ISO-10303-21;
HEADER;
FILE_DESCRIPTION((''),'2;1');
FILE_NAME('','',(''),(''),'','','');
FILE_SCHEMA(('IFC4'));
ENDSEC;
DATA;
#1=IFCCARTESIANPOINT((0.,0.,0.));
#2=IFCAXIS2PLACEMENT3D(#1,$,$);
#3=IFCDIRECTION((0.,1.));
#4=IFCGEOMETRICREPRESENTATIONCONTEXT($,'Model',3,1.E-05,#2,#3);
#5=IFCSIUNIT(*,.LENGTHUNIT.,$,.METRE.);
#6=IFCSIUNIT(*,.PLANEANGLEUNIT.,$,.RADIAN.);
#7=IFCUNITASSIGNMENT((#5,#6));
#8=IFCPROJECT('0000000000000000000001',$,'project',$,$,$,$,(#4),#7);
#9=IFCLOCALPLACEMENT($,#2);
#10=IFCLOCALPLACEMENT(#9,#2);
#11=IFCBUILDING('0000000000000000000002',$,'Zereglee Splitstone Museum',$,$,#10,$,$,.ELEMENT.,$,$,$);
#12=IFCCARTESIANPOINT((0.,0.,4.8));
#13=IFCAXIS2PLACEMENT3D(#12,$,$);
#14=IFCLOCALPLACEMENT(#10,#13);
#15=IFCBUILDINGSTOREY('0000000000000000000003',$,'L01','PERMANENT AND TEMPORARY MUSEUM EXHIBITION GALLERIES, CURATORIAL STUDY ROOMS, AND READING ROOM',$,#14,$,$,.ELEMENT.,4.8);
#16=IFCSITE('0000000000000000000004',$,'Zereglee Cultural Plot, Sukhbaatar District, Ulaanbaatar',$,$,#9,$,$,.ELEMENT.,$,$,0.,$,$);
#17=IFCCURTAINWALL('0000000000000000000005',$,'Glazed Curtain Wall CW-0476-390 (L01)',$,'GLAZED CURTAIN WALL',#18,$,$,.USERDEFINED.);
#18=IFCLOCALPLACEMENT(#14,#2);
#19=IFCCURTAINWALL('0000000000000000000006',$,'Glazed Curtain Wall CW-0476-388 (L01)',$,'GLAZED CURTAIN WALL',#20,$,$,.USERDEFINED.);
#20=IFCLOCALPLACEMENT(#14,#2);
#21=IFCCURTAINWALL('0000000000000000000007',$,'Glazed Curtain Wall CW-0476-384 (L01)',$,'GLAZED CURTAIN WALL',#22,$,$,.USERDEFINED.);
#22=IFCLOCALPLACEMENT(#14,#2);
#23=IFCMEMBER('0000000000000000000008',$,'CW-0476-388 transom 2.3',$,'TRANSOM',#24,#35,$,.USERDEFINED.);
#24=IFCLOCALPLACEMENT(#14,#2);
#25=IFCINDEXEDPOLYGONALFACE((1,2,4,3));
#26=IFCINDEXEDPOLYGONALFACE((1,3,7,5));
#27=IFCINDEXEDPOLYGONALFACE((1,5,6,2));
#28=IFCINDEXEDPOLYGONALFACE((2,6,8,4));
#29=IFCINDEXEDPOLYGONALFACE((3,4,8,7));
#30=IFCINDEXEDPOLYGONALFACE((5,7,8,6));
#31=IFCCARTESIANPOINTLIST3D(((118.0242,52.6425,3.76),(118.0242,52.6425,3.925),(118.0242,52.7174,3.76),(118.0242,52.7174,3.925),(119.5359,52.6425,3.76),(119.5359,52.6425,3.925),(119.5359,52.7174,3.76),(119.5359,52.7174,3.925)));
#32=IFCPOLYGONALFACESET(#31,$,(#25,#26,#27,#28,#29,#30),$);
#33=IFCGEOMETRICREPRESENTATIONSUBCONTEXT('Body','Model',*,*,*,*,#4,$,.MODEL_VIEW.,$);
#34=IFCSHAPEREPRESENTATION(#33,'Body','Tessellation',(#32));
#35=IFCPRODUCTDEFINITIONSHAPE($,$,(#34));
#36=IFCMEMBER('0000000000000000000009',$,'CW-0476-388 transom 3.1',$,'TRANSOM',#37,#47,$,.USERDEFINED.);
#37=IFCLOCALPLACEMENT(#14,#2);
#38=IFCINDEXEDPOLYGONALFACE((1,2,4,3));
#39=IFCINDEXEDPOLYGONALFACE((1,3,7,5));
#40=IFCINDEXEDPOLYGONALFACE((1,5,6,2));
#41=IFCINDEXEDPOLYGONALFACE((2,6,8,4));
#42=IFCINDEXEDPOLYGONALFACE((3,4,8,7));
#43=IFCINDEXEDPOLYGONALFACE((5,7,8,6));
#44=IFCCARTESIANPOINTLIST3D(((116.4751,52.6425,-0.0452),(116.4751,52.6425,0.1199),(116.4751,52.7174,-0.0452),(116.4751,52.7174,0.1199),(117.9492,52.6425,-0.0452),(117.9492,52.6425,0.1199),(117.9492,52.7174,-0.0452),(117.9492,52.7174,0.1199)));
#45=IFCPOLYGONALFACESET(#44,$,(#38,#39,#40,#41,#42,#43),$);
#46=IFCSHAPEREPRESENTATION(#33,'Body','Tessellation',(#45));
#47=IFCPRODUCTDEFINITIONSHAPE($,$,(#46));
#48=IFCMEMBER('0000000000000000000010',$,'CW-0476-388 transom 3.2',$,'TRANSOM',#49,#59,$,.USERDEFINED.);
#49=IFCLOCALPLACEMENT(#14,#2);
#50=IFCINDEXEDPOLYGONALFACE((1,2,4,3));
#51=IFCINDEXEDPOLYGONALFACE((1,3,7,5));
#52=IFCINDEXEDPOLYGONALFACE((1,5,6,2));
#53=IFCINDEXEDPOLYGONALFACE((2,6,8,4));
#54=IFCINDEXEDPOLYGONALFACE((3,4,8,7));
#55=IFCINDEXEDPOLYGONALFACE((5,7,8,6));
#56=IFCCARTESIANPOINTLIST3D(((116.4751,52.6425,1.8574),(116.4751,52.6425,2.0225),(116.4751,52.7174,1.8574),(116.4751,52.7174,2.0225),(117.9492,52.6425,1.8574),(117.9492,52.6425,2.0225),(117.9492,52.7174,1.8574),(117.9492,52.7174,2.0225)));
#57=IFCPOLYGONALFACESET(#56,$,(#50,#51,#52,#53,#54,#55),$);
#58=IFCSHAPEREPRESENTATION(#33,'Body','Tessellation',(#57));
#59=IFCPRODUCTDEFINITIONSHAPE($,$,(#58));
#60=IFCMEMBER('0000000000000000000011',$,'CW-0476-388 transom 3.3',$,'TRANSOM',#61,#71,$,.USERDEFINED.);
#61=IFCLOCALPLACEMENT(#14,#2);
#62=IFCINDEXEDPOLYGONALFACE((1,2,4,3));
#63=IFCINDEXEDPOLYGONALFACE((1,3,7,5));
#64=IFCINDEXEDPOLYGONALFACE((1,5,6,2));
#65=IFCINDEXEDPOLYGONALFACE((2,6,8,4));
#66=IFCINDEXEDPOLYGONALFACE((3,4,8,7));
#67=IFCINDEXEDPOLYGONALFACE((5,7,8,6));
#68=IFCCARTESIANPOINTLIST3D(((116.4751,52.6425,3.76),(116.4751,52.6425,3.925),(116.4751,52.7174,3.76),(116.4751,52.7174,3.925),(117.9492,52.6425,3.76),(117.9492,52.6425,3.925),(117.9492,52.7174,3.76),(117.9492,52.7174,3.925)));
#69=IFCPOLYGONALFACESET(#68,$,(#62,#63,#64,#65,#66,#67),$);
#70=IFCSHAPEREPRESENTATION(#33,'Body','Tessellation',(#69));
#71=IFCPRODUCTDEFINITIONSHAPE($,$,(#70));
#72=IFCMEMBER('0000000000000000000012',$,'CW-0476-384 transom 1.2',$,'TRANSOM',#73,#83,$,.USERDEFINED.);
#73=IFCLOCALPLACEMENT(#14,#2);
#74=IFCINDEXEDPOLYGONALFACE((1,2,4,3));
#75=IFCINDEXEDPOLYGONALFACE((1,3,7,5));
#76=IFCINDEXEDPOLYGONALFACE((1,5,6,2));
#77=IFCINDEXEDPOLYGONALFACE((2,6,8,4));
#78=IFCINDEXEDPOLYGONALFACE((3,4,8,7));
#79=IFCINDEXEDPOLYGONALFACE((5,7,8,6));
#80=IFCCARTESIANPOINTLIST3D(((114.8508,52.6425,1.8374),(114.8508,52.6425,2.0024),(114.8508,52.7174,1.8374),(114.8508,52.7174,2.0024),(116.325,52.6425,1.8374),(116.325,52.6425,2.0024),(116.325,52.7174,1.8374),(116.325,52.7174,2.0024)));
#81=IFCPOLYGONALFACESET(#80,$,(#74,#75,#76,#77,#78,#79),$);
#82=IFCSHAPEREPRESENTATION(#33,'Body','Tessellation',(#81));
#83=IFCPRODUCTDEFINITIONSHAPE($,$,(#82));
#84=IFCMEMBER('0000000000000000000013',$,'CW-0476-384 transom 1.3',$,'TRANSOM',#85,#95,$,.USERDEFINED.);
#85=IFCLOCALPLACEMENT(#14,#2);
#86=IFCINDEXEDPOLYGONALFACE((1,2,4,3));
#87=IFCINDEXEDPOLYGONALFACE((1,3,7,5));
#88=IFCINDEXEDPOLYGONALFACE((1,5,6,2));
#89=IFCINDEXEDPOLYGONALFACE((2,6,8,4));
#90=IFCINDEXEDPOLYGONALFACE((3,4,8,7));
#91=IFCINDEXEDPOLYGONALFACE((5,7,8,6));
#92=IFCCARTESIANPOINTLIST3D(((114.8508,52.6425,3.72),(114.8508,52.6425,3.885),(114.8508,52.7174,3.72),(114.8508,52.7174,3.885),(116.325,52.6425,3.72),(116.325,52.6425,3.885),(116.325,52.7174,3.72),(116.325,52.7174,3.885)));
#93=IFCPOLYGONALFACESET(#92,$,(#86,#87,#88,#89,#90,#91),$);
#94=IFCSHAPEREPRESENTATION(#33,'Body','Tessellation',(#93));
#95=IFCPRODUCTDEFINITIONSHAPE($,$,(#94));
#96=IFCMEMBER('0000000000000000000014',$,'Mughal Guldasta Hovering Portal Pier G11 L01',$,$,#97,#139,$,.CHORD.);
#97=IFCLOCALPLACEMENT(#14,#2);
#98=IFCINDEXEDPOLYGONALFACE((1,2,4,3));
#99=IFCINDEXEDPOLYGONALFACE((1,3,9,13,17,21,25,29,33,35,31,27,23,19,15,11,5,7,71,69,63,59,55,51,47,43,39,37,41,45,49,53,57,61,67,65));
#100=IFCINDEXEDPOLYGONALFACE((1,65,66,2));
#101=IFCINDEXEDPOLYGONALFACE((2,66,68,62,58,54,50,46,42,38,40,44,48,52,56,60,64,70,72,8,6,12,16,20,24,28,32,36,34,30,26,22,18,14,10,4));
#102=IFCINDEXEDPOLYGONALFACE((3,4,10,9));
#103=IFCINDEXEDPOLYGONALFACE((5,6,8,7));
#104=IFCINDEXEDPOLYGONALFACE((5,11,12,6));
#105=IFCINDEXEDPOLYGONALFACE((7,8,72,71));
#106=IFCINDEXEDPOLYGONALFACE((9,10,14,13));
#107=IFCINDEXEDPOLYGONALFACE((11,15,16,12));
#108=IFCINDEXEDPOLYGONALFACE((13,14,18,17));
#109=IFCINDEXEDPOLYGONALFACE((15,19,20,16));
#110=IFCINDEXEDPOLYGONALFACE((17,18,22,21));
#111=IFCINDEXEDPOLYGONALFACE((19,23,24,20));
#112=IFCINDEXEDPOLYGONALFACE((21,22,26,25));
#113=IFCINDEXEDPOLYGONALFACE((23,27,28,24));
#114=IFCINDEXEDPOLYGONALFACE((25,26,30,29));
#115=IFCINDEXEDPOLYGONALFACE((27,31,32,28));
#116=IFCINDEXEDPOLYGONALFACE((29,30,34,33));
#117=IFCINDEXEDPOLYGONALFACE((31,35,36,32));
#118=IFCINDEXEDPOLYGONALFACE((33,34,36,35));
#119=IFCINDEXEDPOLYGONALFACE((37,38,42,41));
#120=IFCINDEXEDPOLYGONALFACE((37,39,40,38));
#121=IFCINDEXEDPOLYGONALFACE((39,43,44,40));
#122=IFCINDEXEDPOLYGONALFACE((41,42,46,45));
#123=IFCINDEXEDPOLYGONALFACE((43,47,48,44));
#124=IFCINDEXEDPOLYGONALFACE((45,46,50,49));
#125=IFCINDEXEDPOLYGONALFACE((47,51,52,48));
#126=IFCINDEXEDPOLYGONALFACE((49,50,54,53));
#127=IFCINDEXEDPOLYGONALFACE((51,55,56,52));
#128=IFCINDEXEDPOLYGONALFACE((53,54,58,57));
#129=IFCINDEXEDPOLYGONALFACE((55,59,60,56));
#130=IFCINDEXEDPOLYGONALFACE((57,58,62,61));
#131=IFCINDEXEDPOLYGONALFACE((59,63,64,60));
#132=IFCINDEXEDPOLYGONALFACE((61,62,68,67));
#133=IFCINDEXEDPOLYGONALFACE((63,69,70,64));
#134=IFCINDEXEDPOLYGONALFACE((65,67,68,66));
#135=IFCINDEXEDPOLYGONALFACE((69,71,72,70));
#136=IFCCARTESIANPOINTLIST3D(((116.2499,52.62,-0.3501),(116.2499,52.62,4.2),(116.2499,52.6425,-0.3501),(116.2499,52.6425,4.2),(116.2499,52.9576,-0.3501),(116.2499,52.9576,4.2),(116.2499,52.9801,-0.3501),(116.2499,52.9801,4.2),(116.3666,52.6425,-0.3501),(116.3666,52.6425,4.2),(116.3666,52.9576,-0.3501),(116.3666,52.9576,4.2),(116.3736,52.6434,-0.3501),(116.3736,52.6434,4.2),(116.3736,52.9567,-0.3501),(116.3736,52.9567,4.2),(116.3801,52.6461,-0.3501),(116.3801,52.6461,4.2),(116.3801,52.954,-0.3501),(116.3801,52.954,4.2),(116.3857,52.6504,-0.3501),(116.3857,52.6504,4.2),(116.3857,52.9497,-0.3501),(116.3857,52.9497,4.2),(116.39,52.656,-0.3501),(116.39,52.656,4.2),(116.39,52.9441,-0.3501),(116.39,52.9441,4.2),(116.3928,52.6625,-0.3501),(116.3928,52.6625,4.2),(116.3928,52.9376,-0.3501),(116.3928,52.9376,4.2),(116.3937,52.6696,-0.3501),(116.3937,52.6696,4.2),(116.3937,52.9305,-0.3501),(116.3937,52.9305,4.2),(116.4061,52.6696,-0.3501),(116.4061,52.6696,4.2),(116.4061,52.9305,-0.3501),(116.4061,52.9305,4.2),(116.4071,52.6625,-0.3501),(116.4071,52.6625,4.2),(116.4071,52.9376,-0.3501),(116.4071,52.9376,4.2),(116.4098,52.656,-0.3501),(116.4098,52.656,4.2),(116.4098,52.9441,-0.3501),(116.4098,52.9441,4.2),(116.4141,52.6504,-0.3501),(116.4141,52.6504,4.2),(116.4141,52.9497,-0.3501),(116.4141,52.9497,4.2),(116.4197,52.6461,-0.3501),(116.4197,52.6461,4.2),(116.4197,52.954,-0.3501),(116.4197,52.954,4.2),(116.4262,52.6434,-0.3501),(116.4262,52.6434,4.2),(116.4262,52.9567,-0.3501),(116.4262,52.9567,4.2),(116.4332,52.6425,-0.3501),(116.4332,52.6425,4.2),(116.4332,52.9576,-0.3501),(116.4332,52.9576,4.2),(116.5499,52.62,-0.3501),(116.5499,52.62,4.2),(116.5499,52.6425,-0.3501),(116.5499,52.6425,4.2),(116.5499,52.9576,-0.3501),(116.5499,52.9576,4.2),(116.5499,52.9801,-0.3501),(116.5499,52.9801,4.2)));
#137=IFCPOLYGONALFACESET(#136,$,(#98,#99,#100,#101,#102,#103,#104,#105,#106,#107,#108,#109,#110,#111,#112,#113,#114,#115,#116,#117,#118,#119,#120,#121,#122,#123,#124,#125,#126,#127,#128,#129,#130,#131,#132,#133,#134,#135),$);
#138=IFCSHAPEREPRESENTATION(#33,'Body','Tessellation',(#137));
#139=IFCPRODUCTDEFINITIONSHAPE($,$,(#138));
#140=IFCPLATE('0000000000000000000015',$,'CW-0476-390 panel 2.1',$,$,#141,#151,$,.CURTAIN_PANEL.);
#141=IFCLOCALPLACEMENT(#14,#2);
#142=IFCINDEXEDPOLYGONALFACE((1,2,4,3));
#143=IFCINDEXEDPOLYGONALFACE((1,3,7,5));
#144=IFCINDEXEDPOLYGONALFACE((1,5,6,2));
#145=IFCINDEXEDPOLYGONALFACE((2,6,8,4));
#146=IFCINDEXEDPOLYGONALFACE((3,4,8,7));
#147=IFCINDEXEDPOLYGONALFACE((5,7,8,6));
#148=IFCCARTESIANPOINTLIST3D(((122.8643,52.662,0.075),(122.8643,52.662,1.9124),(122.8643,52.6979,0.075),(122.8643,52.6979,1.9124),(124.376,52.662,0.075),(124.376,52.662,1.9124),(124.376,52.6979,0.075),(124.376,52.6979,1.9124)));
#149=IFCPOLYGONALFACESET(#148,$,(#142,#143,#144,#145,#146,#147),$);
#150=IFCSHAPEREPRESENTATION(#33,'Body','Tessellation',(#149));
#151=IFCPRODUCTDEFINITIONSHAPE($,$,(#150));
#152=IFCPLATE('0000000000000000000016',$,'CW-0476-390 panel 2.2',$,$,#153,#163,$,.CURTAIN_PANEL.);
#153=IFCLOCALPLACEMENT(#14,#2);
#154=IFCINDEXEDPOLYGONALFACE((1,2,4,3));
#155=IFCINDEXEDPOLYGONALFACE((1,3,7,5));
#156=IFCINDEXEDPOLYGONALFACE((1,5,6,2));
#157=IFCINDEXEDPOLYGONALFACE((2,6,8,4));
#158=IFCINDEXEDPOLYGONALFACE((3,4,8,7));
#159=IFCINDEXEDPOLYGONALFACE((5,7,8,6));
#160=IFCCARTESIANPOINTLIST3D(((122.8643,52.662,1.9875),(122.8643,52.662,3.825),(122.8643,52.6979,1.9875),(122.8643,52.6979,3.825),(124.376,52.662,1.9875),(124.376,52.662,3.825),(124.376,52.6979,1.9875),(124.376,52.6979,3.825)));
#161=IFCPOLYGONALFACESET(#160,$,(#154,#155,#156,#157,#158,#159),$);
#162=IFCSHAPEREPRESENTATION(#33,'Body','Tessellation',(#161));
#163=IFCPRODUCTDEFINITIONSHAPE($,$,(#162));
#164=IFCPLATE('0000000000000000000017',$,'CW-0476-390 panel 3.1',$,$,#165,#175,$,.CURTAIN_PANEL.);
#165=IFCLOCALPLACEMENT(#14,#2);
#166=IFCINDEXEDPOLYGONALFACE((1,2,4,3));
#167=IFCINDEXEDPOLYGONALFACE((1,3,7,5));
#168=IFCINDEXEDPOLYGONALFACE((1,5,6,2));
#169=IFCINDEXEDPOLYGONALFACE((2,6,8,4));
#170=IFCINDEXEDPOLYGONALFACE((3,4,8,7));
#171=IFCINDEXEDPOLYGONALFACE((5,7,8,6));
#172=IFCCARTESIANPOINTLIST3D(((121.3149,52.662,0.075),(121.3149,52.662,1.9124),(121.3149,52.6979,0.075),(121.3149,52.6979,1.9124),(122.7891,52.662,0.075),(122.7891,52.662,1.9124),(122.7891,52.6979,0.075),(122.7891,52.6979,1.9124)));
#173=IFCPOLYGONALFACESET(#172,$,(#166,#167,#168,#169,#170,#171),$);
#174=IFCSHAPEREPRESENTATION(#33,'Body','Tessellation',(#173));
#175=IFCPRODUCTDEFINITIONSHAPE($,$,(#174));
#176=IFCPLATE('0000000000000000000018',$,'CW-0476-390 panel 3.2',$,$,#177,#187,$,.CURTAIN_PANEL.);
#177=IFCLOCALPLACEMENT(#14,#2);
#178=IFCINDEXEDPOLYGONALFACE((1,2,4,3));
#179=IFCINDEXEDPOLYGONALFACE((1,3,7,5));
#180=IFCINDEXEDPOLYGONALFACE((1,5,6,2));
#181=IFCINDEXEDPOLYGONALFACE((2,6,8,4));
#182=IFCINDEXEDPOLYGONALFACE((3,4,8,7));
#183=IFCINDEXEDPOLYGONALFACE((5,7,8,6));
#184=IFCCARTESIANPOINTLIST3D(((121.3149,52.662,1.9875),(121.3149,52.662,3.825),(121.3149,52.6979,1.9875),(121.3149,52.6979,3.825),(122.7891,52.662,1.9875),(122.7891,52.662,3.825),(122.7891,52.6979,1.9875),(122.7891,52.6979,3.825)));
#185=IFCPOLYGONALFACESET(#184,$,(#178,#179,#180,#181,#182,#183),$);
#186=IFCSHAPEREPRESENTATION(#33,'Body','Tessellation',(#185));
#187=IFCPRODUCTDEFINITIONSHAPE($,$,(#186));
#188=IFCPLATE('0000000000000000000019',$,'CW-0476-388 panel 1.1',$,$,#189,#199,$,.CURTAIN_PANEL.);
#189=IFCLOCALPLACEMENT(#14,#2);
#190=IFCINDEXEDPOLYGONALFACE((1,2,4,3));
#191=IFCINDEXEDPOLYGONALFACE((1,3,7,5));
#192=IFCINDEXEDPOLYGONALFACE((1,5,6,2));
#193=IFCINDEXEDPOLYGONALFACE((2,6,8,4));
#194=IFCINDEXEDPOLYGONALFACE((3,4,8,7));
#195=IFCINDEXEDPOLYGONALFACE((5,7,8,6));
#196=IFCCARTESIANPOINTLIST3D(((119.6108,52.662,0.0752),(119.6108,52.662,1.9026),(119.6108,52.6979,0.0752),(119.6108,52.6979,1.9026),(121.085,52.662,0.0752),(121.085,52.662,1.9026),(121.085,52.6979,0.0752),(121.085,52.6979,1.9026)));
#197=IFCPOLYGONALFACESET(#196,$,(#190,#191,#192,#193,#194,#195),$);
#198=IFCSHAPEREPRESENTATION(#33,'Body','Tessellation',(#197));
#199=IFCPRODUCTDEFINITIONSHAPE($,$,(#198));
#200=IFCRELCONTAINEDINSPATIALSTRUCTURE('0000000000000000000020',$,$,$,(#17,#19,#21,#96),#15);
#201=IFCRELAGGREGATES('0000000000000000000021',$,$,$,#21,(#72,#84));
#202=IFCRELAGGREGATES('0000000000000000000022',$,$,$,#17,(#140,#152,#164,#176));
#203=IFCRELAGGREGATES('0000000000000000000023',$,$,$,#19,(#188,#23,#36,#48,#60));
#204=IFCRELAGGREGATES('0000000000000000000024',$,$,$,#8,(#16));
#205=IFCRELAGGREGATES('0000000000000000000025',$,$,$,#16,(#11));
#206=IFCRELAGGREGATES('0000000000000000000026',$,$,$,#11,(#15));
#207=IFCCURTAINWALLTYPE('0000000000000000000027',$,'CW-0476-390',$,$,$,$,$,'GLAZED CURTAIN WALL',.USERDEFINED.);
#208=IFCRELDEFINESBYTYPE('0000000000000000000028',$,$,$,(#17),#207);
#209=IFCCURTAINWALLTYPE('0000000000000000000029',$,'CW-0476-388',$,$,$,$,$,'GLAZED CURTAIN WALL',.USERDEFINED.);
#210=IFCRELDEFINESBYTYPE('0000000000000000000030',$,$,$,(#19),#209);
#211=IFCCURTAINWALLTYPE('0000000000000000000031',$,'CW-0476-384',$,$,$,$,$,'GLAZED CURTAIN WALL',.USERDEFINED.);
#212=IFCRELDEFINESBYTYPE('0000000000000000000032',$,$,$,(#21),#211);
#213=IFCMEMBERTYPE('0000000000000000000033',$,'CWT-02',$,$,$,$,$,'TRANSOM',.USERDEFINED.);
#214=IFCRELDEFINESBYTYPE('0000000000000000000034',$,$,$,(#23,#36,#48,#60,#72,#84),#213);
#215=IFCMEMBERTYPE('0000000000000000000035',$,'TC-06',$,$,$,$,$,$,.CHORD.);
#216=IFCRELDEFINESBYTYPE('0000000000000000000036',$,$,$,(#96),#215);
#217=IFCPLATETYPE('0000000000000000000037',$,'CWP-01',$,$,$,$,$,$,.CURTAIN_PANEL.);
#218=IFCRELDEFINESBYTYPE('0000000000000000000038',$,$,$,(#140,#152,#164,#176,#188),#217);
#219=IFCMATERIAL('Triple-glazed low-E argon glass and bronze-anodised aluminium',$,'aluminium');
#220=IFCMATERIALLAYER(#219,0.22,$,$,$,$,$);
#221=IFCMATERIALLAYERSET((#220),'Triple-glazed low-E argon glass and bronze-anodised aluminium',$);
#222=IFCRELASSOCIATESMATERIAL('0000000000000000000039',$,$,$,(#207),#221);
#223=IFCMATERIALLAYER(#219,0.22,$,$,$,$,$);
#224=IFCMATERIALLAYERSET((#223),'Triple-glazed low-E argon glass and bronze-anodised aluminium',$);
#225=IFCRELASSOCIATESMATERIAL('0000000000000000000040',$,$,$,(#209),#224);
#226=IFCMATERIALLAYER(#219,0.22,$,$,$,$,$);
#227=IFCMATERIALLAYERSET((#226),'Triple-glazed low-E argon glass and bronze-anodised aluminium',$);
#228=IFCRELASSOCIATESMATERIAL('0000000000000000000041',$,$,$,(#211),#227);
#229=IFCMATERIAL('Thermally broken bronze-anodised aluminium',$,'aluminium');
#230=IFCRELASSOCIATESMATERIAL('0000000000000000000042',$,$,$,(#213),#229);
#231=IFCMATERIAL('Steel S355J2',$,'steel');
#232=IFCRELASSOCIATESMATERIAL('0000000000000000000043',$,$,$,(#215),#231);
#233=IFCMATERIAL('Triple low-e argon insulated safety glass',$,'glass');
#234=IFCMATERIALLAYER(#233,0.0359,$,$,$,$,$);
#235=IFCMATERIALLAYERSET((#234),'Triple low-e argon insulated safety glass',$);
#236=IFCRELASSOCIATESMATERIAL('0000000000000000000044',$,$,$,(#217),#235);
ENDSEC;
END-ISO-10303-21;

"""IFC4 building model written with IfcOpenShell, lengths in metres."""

from ifc_helpers import new_model, si_unit, direction, frame, origin, origin_2d, place, context, subcontext, project, spatial, rectangle, i_section, extrude, material, layer, layer_set, material_profile, profile_set, type_object, element, aggregate, save


model = new_model("IFC4")

# Units and contexts
model_context = context("Model", 3, precision=1e-05, world=origin(), true_north=direction((0.0, 1.0)))
body_context = subcontext(model_context, "Body", "Model", "MODEL_VIEW")
ifc_project = project(units=[si_unit("LENGTHUNIT", "METRE"), si_unit("PLANEANGLEUNIT", "RADIAN")], contexts=[model_context])

# Site, building, storey
site_placement = place(None, origin())
site = spatial("IfcSite", under=ifc_project, at=site_placement, Name="Zereglee Cultural Plot, Sukhbaatar District, Ulaanbaatar", CompositionType="ELEMENT", RefElevation=0.0)
building_placement = place(site_placement, origin())
building = spatial("IfcBuilding", under=site, at=building_placement, Name="Zereglee Splitstone Museum", CompositionType="ELEMENT")
storey_placement = place(building_placement, frame((0.0, 0.0, 4.8)))
storey = spatial("IfcBuildingStorey", under=building, at=storey_placement, Name="L01", Description="PERMANENT AND TEMPORARY MUSEUM EXHIBITION GALLERIES, CURATORIAL STUDY ROOMS, AND READING ROOM", CompositionType="ELEMENT", Elevation=4.8)

# Curtain walls
ifc_material_1 = material(Name="Triple-glazed low-E argon glass and bronze-anodised aluminium", Category="aluminium")
ifc_layer_1 = layer(ifc_material_1, 0.22)
ifc_layer_set_1 = layer_set([ifc_layer_1], Name="Triple-glazed low-E argon glass and bronze-anodised aluminium")
curtain_wall_type_1 = type_object("IfcCurtainWallType", Name="CW-0476-390", ElementType="GLAZED CURTAIN WALL", PredefinedType="USERDEFINED", material=ifc_layer_set_1)
curtain_wall_1_placement = place(storey_placement, origin())
curtain_wall_1 = element("IfcCurtainWall", 1, at=curtain_wall_1_placement, inside=storey, type_object=curtain_wall_type_1, Name="Glazed Curtain Wall CW-0476-390 (L01)", ObjectType="GLAZED CURTAIN WALL", PredefinedType="USERDEFINED")
ifc_material_2 = material(Name="Thermally broken bronze-anodised aluminium", Category="aluminium")
ifc_layer_2 = layer(ifc_material_1, 0.22)
ifc_layer_set_2 = layer_set([ifc_layer_2], Name="Triple-glazed low-E argon glass and bronze-anodised aluminium")
curtain_wall_type_2 = type_object("IfcCurtainWallType", Name="CW-0476-388", ElementType="GLAZED CURTAIN WALL", PredefinedType="USERDEFINED", material=ifc_layer_set_2)
curtain_wall_2_placement = place(storey_placement, origin())
curtain_wall_2 = element("IfcCurtainWall", 2, at=curtain_wall_2_placement, inside=storey, type_object=curtain_wall_type_2, Name="Glazed Curtain Wall CW-0476-388 (L01)", ObjectType="GLAZED CURTAIN WALL", PredefinedType="USERDEFINED")

# Curtain wall
ifc_layer_3 = layer(ifc_material_1, 0.22)
ifc_layer_set_3 = layer_set([ifc_layer_3], Name="Triple-glazed low-E argon glass and bronze-anodised aluminium")
curtain_wall_type_3 = type_object("IfcCurtainWallType", Name="CW-0476-384", ElementType="GLAZED CURTAIN WALL", PredefinedType="USERDEFINED", material=ifc_layer_set_3)
curtain_wall_3_placement = place(storey_placement, origin())
curtain_wall_3 = element("IfcCurtainWall", 3, at=curtain_wall_3_placement, inside=storey, type_object=curtain_wall_type_3, Name="Glazed Curtain Wall CW-0476-384 (L01)", ObjectType="GLAZED CURTAIN WALL", PredefinedType="USERDEFINED")

# Members
ifc_material_profile_1 = material_profile(ifc_material_2, rectangle(XDim=0.075, YDim=0.165, at=origin_2d()), Name="CW TRAN 75x165")
ifc_profile_set_1 = profile_set([ifc_material_profile_1], Name="Thermally broken bronze-anodised aluminium")
member_type_1 = type_object("IfcMemberType", Name="CWT-02", ElementType="TRANSOM", PredefinedType="USERDEFINED", material=ifc_profile_set_1)
member_1_placement = place(storey_placement, frame((119.5359, 52.6799, 3.8425), z_axis=(-1.0, 0.0, 0.0), x_axis=(0.0, -1.0, 0.0)))
member_1 = element("IfcMember", 4, at=member_1_placement, type_object=member_type_1, Name="CW-0476-388 transom 2.3", ObjectType="TRANSOM", PredefinedType="USERDEFINED", context=body_context, shape_type="SweptSolid", body=[
    extrude(rectangle(XDim=0.075, YDim=0.165, at=origin_2d()), origin(), (0.0, 0.0, 1.0), 1.5117),
])
member_2_placement = place(storey_placement, frame((117.9492, 52.6799, 0.0374), z_axis=(-1.0, 0.0, 0.0), x_axis=(0.0, -1.0, 0.0)))
member_2 = element("IfcMember", 5, at=member_2_placement, type_object=member_type_1, Name="CW-0476-388 transom 3.1", ObjectType="TRANSOM", PredefinedType="USERDEFINED", context=body_context, shape_type="SweptSolid", body=[
    extrude(rectangle(XDim=0.075, YDim=0.165, at=origin_2d()), origin(), (0.0, 0.0, 1.0), 1.4741),
])
member_3_placement = place(storey_placement, frame((117.9492, 52.6799, 1.9399), z_axis=(-1.0, 0.0, 0.0), x_axis=(0.0, -1.0, 0.0)))
member_3 = element("IfcMember", 6, at=member_3_placement, type_object=member_type_1, Name="CW-0476-388 transom 3.2", ObjectType="TRANSOM", PredefinedType="USERDEFINED", context=body_context, shape_type="SweptSolid", body=[
    extrude(rectangle(XDim=0.075, YDim=0.165, at=origin_2d()), origin(), (0.0, 0.0, 1.0), 1.4741),
])
member_4_placement = place(storey_placement, frame((117.9492, 52.6799, 3.8425), z_axis=(-1.0, 0.0, 0.0), x_axis=(0.0, -1.0, 0.0)))
member_4 = element("IfcMember", 7, at=member_4_placement, type_object=member_type_1, Name="CW-0476-388 transom 3.3", ObjectType="TRANSOM", PredefinedType="USERDEFINED", context=body_context, shape_type="SweptSolid", body=[
    extrude(rectangle(XDim=0.075, YDim=0.165, at=origin_2d()), origin(), (0.0, 0.0, 1.0), 1.4741),
])
member_5_placement = place(storey_placement, frame((116.325, 52.6799, 1.9199), z_axis=(-1.0, 0.0, 0.0), x_axis=(0.0, -1.0, 0.0)))
member_5 = element("IfcMember", 8, at=member_5_placement, type_object=member_type_1, Name="CW-0476-384 transom 1.2", ObjectType="TRANSOM", PredefinedType="USERDEFINED", context=body_context, shape_type="SweptSolid", body=[
    extrude(rectangle(XDim=0.075, YDim=0.165, at=origin_2d()), origin(), (0.0, 0.0, 1.0), 1.4741),
])
member_6_placement = place(storey_placement, frame((116.325, 52.6799, 3.8025), z_axis=(-1.0, 0.0, 0.0), x_axis=(0.0, -1.0, 0.0)))
member_6 = element("IfcMember", 9, at=member_6_placement, type_object=member_type_1, Name="CW-0476-384 transom 1.3", ObjectType="TRANSOM", PredefinedType="USERDEFINED", context=body_context, shape_type="SweptSolid", body=[
    extrude(rectangle(XDim=0.075, YDim=0.165, at=origin_2d()), origin(), (0.0, 0.0, 1.0), 1.4741),
])
aggregate(curtain_wall_3, [member_5, member_6])
ifc_material_3 = material(Name="Steel S355J2", Category="steel")
ifc_material_profile_2 = material_profile(ifc_material_3, i_section(OverallWidth=0.3, OverallDepth=0.3601, WebThickness=0.0125, FlangeThickness=0.0225, FilletRadius=0.0271, at=origin_2d()), Name="HE 360 B")
ifc_profile_set_2 = profile_set([ifc_material_profile_2], Name="Steel S355J2")
member_type_2 = type_object("IfcMemberType", Name="TC-06", PredefinedType="CHORD", material=ifc_profile_set_2)
member_7_placement = place(storey_placement, frame((116.3999, 52.8, -0.3501), z_axis=(0.0, 0.0, 1.0), x_axis=(1.0, 0.0, 0.0)))
element("IfcMember", 10, at=member_7_placement, inside=storey, type_object=member_type_2, Name="Mughal Guldasta Hovering Portal Pier G11 L01", PredefinedType="CHORD", context=body_context, shape_type="SweptSolid", body=[
    extrude(i_section(OverallWidth=0.3, OverallDepth=0.3601, WebThickness=0.0125, FlangeThickness=0.0225, FilletRadius=0.0271, at=origin_2d()), origin(), (0.0, 0.0, 1.0), 4.55),
])

# Plates
ifc_material_4 = material(Name="Triple low-e argon insulated safety glass", Category="glass")
ifc_layer_4 = layer(ifc_material_4, 0.0359)
ifc_layer_set_4 = layer_set([ifc_layer_4], Name="Triple low-e argon insulated safety glass")
plate_type = type_object("IfcPlateType", Name="CWP-01", PredefinedType="CURTAIN_PANEL", material=ifc_layer_set_4)
plate_1_placement = place(storey_placement, frame((123.6201, 52.6799, 0.075), z_axis=(0.0, 0.0, 1.0), x_axis=(-1.0, 0.0, 0.0)))
plate_1 = element("IfcPlate", 11, at=plate_1_placement, type_object=plate_type, Name="CW-0476-390 panel 2.1", PredefinedType="CURTAIN_PANEL", context=body_context, shape_type="SweptSolid", body=[
    extrude(rectangle(XDim=1.5117, YDim=0.0359, at=origin_2d()), origin(), (0.0, 0.0, 1.0), 1.8374),
])
plate_2_placement = place(storey_placement, frame((123.6201, 52.6799, 1.9875), z_axis=(0.0, 0.0, 1.0), x_axis=(-1.0, 0.0, 0.0)))
plate_2 = element("IfcPlate", 12, at=plate_2_placement, type_object=plate_type, Name="CW-0476-390 panel 2.2", PredefinedType="CURTAIN_PANEL", context=body_context, shape_type="SweptSolid", body=[
    extrude(rectangle(XDim=1.5117, YDim=0.0359, at=origin_2d()), origin(), (0.0, 0.0, 1.0), 1.8374),
])
plate_3_placement = place(storey_placement, frame((122.052, 52.6799, 0.075), z_axis=(0.0, 0.0, 1.0), x_axis=(-1.0, 0.0, 0.0)))
plate_3 = element("IfcPlate", 13, at=plate_3_placement, type_object=plate_type, Name="CW-0476-390 panel 3.1", PredefinedType="CURTAIN_PANEL", context=body_context, shape_type="SweptSolid", body=[
    extrude(rectangle(XDim=1.4741, YDim=0.0359, at=origin_2d()), origin(), (0.0, 0.0, 1.0), 1.8374),
])
plate_4_placement = place(storey_placement, frame((122.052, 52.6799, 1.9875), z_axis=(0.0, 0.0, 1.0), x_axis=(-1.0, 0.0, 0.0)))
plate_4 = element("IfcPlate", 14, at=plate_4_placement, type_object=plate_type, Name="CW-0476-390 panel 3.2", PredefinedType="CURTAIN_PANEL", context=body_context, shape_type="SweptSolid", body=[
    extrude(rectangle(XDim=1.4741, YDim=0.0359, at=origin_2d()), origin(), (0.0, 0.0, 1.0), 1.8374),
])
aggregate(curtain_wall_1, [plate_1, plate_2, plate_3, plate_4])
plate_5_placement = place(storey_placement, frame((120.3479, 52.6799, 0.0752), z_axis=(0.0, 0.0, 1.0), x_axis=(-1.0, 0.0, 0.0)))
plate_5 = element("IfcPlate", 15, at=plate_5_placement, type_object=plate_type, Name="CW-0476-388 panel 1.1", PredefinedType="CURTAIN_PANEL", context=body_context, shape_type="SweptSolid", body=[
    extrude(rectangle(XDim=1.4741, YDim=0.0359, at=origin_2d()), origin(), (0.0, 0.0, 1.0), 1.8274),
])
aggregate(curtain_wall_2, [plate_5, member_1, member_2, member_3, member_4])

save(model, "model.ifc")
